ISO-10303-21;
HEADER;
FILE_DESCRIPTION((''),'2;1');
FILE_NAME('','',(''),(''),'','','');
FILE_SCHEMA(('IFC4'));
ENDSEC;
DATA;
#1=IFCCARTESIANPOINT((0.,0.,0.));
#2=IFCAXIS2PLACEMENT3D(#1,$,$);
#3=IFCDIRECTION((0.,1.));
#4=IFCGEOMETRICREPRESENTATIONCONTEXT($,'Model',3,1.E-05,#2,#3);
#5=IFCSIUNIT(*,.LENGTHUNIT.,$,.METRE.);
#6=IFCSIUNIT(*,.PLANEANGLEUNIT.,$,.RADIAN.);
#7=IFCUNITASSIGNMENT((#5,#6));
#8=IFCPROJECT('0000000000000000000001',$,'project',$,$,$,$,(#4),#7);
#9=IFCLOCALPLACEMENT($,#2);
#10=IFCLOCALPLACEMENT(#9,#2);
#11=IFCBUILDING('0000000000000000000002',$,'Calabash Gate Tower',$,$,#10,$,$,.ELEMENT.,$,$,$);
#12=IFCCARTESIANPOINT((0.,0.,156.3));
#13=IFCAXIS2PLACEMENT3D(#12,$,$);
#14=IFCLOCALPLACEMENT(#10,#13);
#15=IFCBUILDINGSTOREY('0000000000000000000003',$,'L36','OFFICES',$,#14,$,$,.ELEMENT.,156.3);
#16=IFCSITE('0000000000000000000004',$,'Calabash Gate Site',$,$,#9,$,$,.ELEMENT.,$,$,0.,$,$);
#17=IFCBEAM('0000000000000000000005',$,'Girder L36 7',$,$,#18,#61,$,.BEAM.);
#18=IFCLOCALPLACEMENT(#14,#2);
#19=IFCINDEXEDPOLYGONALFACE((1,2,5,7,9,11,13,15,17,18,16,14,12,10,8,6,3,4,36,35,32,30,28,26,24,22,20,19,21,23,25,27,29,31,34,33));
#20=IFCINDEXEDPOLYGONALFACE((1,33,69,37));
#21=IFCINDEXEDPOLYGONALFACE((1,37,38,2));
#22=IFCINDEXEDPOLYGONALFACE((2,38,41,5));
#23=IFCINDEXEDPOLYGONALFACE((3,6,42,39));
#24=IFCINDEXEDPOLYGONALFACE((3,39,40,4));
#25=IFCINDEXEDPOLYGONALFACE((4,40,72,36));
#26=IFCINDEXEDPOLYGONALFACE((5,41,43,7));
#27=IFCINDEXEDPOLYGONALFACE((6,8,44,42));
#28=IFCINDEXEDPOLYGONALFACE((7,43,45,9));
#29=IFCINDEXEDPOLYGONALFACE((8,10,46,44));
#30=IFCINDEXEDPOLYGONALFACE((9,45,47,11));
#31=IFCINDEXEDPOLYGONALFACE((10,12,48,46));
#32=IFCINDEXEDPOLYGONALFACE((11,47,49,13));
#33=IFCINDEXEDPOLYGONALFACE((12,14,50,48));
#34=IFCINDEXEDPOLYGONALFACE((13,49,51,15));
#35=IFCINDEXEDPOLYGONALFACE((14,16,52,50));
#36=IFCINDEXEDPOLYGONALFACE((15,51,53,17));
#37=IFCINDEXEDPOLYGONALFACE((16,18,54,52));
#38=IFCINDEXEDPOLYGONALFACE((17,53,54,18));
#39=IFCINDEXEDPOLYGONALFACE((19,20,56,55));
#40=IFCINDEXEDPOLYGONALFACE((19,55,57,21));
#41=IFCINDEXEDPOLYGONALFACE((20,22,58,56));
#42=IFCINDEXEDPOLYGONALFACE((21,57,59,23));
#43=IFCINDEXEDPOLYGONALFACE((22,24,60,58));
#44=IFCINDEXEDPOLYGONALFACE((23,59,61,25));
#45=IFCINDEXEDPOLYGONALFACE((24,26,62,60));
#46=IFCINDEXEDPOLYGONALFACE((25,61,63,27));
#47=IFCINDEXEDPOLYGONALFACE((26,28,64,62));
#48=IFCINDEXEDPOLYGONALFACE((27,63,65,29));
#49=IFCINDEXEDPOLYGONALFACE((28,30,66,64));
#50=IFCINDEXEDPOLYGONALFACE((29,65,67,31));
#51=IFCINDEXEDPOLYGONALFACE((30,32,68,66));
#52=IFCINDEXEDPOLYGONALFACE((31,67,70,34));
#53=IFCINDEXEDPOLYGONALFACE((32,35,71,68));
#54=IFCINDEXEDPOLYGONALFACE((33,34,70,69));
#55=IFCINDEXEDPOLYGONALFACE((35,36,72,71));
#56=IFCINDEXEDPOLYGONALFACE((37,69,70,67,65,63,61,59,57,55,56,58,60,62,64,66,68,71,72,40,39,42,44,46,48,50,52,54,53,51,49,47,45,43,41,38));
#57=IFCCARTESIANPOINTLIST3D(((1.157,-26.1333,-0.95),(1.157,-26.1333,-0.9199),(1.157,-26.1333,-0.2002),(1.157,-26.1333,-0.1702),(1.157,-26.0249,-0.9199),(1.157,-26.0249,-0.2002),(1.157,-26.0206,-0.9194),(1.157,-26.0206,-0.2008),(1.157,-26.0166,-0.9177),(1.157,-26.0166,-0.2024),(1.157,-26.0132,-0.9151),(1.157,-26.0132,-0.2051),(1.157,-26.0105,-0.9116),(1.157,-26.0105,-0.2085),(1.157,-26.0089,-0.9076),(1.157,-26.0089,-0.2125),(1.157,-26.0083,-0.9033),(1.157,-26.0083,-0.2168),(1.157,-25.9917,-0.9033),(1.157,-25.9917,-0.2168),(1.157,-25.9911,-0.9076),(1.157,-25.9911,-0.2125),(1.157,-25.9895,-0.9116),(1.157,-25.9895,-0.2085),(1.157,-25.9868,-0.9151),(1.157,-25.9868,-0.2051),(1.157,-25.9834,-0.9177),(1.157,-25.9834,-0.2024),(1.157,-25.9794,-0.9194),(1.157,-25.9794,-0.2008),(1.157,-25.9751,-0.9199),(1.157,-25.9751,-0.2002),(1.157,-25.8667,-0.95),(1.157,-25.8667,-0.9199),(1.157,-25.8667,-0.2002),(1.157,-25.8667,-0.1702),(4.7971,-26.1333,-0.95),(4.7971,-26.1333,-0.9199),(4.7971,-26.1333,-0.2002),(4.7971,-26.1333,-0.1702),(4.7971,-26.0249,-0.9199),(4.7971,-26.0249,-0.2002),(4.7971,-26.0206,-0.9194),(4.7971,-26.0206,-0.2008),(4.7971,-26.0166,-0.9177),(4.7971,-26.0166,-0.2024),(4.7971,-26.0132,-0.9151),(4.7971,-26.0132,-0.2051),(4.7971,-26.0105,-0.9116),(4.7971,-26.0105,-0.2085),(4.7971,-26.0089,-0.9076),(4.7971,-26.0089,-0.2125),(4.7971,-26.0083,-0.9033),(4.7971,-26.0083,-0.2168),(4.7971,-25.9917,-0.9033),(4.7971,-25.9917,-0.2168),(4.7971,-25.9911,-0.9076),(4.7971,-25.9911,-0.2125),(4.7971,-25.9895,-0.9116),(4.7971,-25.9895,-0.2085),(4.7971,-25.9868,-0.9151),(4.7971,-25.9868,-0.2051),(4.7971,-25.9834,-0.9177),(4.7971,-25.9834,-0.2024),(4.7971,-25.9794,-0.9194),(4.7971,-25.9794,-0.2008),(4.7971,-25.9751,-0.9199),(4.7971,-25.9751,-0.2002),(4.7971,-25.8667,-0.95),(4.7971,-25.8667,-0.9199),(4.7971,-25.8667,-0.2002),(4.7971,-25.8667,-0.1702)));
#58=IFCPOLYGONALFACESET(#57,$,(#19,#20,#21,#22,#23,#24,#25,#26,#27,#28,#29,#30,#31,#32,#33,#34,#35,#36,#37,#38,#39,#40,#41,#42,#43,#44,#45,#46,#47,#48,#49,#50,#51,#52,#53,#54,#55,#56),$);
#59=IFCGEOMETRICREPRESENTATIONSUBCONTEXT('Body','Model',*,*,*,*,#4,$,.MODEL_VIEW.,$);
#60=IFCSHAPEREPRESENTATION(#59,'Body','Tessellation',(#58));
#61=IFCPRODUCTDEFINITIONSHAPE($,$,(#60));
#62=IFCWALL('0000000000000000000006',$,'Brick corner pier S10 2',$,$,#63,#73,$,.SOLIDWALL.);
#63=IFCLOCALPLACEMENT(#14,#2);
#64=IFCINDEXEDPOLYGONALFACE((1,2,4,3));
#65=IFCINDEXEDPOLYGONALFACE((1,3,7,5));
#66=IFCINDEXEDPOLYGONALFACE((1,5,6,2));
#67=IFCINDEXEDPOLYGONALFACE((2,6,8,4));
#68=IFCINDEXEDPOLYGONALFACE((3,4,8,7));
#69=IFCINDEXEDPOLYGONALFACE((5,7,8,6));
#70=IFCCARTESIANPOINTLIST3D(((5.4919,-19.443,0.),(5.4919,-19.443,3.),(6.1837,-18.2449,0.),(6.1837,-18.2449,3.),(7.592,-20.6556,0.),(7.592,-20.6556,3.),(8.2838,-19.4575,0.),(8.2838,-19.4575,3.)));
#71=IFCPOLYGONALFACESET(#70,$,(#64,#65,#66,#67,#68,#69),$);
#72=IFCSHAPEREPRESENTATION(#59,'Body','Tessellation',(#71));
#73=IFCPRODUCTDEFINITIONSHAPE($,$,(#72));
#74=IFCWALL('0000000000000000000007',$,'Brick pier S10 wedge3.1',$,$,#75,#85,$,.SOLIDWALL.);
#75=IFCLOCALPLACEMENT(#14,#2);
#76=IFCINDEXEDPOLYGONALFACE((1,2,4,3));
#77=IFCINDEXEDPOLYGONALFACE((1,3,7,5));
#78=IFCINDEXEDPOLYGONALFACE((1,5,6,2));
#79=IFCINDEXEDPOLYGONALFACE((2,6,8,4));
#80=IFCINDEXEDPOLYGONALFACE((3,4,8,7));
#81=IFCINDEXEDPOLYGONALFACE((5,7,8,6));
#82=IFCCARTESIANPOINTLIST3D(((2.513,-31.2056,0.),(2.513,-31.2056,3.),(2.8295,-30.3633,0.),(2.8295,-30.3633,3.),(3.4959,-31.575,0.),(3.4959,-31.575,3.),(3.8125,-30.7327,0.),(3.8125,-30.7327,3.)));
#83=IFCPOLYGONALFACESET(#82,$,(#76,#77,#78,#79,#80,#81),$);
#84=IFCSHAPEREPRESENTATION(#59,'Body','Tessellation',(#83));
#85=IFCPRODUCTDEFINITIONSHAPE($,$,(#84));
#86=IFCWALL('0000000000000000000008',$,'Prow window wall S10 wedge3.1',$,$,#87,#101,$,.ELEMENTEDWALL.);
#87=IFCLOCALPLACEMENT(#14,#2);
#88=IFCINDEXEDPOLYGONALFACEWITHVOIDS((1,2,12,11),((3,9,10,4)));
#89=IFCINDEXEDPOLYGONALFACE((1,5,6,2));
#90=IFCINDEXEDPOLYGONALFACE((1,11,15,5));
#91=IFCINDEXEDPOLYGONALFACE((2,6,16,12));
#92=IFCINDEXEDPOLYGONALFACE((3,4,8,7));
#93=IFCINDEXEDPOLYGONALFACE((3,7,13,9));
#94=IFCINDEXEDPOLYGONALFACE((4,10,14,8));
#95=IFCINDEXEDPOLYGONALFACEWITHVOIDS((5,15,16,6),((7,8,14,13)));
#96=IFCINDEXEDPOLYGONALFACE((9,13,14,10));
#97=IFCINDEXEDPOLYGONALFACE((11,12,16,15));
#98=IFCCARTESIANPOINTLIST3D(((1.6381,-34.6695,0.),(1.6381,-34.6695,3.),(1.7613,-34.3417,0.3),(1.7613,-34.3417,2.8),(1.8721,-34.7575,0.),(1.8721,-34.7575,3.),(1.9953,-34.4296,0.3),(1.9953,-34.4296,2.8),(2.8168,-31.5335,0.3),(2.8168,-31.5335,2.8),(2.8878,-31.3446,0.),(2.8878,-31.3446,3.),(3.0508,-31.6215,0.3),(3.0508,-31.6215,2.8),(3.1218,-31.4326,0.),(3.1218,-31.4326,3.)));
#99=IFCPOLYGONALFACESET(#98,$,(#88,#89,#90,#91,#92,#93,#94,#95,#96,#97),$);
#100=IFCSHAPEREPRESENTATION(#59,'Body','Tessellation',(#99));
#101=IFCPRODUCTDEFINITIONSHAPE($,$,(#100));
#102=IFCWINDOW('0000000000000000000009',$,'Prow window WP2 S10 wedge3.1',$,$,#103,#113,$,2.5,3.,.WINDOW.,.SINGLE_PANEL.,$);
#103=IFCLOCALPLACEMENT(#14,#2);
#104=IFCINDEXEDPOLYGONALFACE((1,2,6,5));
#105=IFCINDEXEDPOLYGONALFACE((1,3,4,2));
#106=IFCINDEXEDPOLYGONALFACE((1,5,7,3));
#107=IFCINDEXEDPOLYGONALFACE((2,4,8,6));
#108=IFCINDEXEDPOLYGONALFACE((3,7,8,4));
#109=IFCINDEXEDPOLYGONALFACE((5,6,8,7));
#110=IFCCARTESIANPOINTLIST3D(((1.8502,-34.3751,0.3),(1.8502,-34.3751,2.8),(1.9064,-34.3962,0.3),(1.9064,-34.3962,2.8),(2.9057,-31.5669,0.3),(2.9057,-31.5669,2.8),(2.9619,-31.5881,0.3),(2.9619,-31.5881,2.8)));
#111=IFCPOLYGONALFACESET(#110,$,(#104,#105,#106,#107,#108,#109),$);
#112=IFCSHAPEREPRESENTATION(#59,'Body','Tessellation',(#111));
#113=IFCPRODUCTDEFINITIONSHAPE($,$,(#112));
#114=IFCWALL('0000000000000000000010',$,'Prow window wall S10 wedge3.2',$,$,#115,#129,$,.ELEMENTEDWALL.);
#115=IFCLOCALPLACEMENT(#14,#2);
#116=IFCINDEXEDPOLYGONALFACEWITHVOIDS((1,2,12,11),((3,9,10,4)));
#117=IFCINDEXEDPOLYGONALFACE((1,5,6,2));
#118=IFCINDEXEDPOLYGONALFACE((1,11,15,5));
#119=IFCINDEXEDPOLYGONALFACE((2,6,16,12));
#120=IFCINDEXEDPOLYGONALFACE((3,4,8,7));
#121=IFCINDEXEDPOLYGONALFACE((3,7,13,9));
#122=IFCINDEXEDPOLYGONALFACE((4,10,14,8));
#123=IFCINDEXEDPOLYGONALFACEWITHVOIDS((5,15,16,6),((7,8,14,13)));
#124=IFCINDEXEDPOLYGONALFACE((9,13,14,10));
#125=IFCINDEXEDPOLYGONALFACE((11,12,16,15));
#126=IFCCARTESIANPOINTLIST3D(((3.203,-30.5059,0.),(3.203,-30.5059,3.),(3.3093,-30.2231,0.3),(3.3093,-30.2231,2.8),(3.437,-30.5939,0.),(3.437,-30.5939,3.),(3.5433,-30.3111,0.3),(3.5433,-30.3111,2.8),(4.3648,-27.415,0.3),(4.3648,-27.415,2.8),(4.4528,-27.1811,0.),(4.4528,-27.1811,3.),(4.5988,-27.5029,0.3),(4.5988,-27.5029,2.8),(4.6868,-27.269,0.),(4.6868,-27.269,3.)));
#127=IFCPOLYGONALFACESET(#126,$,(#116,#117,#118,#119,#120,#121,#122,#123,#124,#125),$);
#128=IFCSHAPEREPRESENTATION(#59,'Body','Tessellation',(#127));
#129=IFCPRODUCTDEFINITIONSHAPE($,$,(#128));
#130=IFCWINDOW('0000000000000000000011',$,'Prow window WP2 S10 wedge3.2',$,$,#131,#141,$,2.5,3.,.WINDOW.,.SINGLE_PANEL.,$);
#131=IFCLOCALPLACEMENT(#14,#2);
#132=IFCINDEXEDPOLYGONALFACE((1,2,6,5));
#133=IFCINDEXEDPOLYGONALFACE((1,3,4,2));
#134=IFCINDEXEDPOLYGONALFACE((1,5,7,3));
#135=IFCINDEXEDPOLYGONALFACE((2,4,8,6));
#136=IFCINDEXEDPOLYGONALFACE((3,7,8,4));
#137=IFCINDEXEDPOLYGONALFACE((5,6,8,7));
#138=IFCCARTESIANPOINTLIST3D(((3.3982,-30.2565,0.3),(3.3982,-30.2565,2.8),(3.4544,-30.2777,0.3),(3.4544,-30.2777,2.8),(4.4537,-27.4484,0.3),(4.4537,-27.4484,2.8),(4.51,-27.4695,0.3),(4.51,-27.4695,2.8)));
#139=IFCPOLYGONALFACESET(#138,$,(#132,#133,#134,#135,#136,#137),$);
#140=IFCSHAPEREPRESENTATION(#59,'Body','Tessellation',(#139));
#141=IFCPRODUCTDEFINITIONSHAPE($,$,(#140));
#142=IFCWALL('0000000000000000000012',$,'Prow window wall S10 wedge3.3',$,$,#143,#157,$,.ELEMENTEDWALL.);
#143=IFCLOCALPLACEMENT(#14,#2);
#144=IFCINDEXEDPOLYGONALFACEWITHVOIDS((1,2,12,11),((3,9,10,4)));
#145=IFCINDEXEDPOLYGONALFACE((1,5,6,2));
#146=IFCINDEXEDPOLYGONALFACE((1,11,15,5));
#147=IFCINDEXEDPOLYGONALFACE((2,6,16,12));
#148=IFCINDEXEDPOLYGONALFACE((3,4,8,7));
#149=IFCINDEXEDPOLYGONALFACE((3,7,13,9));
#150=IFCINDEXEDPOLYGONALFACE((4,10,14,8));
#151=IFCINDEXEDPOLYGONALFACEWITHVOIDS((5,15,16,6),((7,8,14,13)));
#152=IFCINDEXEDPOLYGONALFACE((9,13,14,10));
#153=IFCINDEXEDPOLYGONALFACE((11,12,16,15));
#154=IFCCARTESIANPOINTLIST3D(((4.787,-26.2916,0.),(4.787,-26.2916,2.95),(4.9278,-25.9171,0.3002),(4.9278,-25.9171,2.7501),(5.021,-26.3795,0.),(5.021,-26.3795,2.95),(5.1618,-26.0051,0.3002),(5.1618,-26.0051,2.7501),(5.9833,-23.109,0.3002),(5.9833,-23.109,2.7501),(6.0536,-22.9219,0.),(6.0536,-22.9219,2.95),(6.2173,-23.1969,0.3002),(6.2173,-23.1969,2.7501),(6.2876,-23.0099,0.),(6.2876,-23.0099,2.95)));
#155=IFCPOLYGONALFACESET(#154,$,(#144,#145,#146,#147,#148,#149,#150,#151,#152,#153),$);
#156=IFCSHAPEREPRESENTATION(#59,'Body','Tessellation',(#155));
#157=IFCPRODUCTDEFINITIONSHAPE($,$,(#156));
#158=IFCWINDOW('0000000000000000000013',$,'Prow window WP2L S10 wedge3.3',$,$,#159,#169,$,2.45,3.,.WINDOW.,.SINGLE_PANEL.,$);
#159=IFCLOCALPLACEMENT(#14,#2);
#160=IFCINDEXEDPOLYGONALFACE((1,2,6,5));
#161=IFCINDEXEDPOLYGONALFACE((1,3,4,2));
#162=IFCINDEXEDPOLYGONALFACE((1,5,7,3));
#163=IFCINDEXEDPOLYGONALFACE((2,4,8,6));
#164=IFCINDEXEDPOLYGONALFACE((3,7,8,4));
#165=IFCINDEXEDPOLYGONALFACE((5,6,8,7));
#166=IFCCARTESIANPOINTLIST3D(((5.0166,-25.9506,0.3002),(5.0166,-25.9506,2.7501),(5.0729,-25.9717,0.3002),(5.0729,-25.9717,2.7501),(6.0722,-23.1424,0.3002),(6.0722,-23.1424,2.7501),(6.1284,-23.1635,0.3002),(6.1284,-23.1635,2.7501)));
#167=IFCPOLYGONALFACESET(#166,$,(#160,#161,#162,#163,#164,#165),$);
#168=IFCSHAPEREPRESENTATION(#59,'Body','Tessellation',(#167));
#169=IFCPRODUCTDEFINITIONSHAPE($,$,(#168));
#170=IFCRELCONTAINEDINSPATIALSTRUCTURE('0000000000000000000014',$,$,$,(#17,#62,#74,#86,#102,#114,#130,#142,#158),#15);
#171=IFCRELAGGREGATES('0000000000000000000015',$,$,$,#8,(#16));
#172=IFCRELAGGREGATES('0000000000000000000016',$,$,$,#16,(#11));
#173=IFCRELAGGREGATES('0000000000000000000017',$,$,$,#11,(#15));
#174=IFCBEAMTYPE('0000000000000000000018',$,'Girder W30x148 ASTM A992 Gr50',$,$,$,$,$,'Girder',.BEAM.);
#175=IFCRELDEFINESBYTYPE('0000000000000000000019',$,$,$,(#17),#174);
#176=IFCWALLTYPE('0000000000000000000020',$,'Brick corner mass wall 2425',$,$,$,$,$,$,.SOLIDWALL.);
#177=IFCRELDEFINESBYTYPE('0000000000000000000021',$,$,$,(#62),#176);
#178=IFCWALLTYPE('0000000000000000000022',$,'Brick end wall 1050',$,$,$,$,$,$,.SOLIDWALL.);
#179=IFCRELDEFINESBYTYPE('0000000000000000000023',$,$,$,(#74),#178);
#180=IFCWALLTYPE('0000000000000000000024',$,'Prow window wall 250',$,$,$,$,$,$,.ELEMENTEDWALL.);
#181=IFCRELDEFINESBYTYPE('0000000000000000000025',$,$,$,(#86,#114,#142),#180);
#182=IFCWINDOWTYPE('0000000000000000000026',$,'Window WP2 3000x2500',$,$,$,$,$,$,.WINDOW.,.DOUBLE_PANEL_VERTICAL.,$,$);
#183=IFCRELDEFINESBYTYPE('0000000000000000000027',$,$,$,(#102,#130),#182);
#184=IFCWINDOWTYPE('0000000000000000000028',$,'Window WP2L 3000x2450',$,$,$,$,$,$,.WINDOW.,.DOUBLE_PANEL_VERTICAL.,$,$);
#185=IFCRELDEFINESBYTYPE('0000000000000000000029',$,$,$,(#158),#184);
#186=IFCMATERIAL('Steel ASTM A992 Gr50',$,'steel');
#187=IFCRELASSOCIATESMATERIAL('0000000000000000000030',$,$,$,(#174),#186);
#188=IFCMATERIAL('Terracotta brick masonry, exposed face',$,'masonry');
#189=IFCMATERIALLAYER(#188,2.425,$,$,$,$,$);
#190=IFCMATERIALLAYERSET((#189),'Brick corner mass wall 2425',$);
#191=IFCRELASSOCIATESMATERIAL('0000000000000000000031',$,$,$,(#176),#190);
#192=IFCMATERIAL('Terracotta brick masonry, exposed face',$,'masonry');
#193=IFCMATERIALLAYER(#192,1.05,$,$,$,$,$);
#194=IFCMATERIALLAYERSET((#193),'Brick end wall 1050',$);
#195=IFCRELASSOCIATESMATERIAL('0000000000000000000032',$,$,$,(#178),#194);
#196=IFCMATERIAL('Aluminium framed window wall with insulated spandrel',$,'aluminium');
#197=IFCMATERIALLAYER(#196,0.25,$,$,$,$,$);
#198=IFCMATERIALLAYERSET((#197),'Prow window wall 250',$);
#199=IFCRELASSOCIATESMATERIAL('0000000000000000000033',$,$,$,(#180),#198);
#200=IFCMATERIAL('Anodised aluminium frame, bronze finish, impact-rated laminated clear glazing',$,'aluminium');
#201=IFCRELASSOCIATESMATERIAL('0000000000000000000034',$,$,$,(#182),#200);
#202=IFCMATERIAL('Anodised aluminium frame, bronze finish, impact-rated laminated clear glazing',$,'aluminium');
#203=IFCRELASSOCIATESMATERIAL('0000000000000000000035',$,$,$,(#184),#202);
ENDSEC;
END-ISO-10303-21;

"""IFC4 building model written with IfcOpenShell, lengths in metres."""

from ifc_helpers import new_model, si_unit, direction, frame, frame_2d, origin, origin_2d, place, context, subcontext, project, spatial, rectangle, i_section, extrude, material, layer, layer_set, material_profile, profile_set, type_object, element, fill, save


model = new_model("IFC4")

# Units and contexts
model_context = context("Model", 3, precision=1e-05, world=origin(), true_north=direction((0.0, 1.0)))
body_context = subcontext(model_context, "Body", "Model", "MODEL_VIEW")
ifc_project = project(units=[si_unit("LENGTHUNIT", "METRE"), si_unit("PLANEANGLEUNIT", "RADIAN")], contexts=[model_context])

# Site, building, storey
site_placement = place(None, origin())
site = spatial("IfcSite", under=ifc_project, at=site_placement, Name="Calabash Gate Site", CompositionType="ELEMENT", RefElevation=0.0)
building_placement = place(site_placement, origin())
building = spatial("IfcBuilding", under=site, at=building_placement, Name="Calabash Gate Tower", CompositionType="ELEMENT")
storey_placement = place(building_placement, frame((0.0, 0.0, 156.3)))
storey = spatial("IfcBuildingStorey", under=building, at=storey_placement, Name="L36", Description="OFFICES", CompositionType="ELEMENT", Elevation=156.3)

# Beam
ifc_material_1 = material(Name="Steel ASTM A992 Gr50", Category="steel")
ifc_material_profile_1 = material_profile(ifc_material_1, i_section(OverallWidth=0.2666, OverallDepth=0.7798, WebThickness=0.0166, FlangeThickness=0.03, FilletRadius=0.0166, at=origin_2d()))
ifc_profile_set_1 = profile_set([ifc_material_profile_1], Name="Steel ASTM A992 Gr50")
beam_type_1 = type_object("IfcBeamType", Name="Girder W30x148 ASTM A992 Gr50", ElementType="Girder", PredefinedType="BEAM", material=ifc_profile_set_1)
beam_1_placement = place(storey_placement, frame((1.157, -26.0, -0.5601), z_axis=(1.0, 0.0, 0.0), x_axis=(0.0, 1.0, 0.0)))
element("IfcBeam", 1, at=beam_1_placement, inside=storey, type_object=beam_type_1, Name="Girder L36 7", PredefinedType="BEAM", context=body_context, shape_type="SweptSolid", body=[
    extrude(i_section(OverallWidth=0.2666, OverallDepth=0.7798, WebThickness=0.0166, FlangeThickness=0.03, FilletRadius=0.0166, at=origin_2d()), origin(), (0.0, 0.0, 1.0), 3.6401),
])

# Walls
ifc_material_2 = material(Name="Terracotta brick masonry, exposed face", Category="masonry")
ifc_layer_1 = layer(ifc_material_2, 2.425)
ifc_layer_set_1 = layer_set([ifc_layer_1], Name="Brick corner mass wall 2425")
wall_type_1 = type_object("IfcWallType", Name="Brick corner mass wall 2425", PredefinedType="SOLIDWALL", material=ifc_layer_set_1)
wall_1_placement = place(storey_placement, frame((5.8379, -18.844, 0.0), z_axis=(0.0, 0.0, 1.0), x_axis=(0.865998, -0.500048, 0.0)))
element("IfcWall", 2, at=wall_1_placement, inside=storey, type_object=wall_type_1, Name="Brick corner pier S10 2", PredefinedType="SOLIDWALL", context=body_context, shape_type="SweptSolid", body=[
    extrude(rectangle(XDim=2.425, YDim=1.3835, at=frame_2d((1.2124, 0.0))), origin(), (0.0, 0.0, 1.0), 3.0),
])
ifc_material_3 = material(Name="Terracotta brick masonry, exposed face", Category="masonry")
ifc_layer_2 = layer(ifc_material_3, 1.05)
ifc_layer_set_2 = layer_set([ifc_layer_2], Name="Brick end wall 1050")
wall_type_2 = type_object("IfcWallType", Name="Brick end wall 1050", PredefinedType="SOLIDWALL", material=ifc_layer_set_2)
wall_2_placement = place(storey_placement, frame((3.6541, -31.1538, 0.0), z_axis=(0.0, 0.0, 1.0), x_axis=(-0.936081, 0.351786, 0.0)))
element("IfcWall", 3, at=wall_2_placement, inside=storey, type_object=wall_type_2, Name="Brick pier S10 wedge3.1", PredefinedType="SOLIDWALL", context=body_context, shape_type="SweptSolid", body=[
    extrude(rectangle(XDim=1.05, YDim=0.8999, at=frame_2d((0.5249, 0.0))), origin(), (0.0, 0.0, 1.0), 3.0),
])

# Walls, openings, windows
ifc_material_4 = material(Name="Aluminium framed window wall with insulated spandrel", Category="aluminium")
ifc_layer_3 = layer(ifc_material_4, 0.25)
ifc_layer_set_3 = layer_set([ifc_layer_3], Name="Prow window wall 250")
wall_type_3 = type_object("IfcWallType", Name="Prow window wall 250", PredefinedType="ELEMENTEDWALL", material=ifc_layer_set_3)
wall_3_placement = place(storey_placement, frame((1.7551, -34.7134, 0.0), z_axis=(0.0, 0.0, 1.0), x_axis=(0.351839, 0.936061, 0.0)))
wall_3 = element("IfcWall", 4, at=wall_3_placement, inside=storey, type_object=wall_type_3, Name="Prow window wall S10 wedge3.1", PredefinedType="ELEMENTEDWALL", context=body_context, shape_type="SweptSolid", body=[
    extrude(rectangle(XDim=3.552, YDim=0.25, at=frame_2d((1.7759, 0.0))), origin(), (0.0, 0.0, 1.0), 3.0),
])
opening_1_placement = place(wall_3_placement, frame((0.3501, 0.0, 0.3)))
opening_1 = element("IfcOpeningElement", 5, at=opening_1_placement, cuts=wall_3, PredefinedType="OPENING", context=body_context, shape_type="SweptSolid", body=[
    extrude(rectangle(XDim=3.0, YDim=2.5, at=frame_2d((1.5, 1.25))), frame((0.0, 0.135, 0.0), z_axis=(0.0, -1.0, 0.0), x_axis=(1.0, 0.0, 0.0)), (0.0, 0.0, 1.0), 0.27),
])
ifc_material_5 = material(Name="Anodised aluminium frame, bronze finish, impact-rated laminated clear glazing", Category="aluminium")
window_type_1 = type_object("IfcWindowType", Name="Window WP2 3000x2500", PartitioningType="DOUBLE_PANEL_VERTICAL", PredefinedType="WINDOW", material=ifc_material_5)
window_1_placement = place(opening_1_placement, origin())
window_1 = element("IfcWindow", 6, at=window_1_placement, inside=storey, type_object=window_type_1, Name="Prow window WP2 S10 wedge3.1", OverallHeight=2.5, OverallWidth=3.0, PartitioningType="SINGLE_PANEL", PredefinedType="WINDOW", context=body_context, shape_type="SweptSolid", body=[
    extrude(rectangle(XDim=3.0, YDim=2.5, at=frame_2d((1.5, 1.25))), frame((0.0, 0.03, 0.0), z_axis=(0.0, -1.0, 0.0), x_axis=(1.0, 0.0, 0.0)), (0.0, 0.0, 1.0), 0.0601),
])
fill(opening_1, window_1)
wall_4_placement = place(storey_placement, frame((3.3201, -30.5498, 0.0), z_axis=(0.0, 0.0, 1.0), x_axis=(0.351839, 0.936061, 0.0)))
wall_4 = element("IfcWall", 7, at=wall_4_placement, inside=storey, type_object=wall_type_3, Name="Prow window wall S10 wedge3.2", PredefinedType="ELEMENTEDWALL", context=body_context, shape_type="SweptSolid", body=[
    extrude(rectangle(XDim=3.552, YDim=0.25, at=frame_2d((1.7759, 0.0))), origin(), (0.0, 0.0, 1.0), 3.0),
])
opening_2_placement = place(wall_4_placement, frame((0.302, 0.0, 0.3)))
opening_2 = element("IfcOpeningElement", 8, at=opening_2_placement, cuts=wall_4, PredefinedType="OPENING", context=body_context, shape_type="SweptSolid", body=[
    extrude(rectangle(XDim=3.0, YDim=2.5, at=frame_2d((1.5, 1.25))), frame((0.0, 0.135, 0.0), z_axis=(0.0, -1.0, 0.0), x_axis=(1.0, 0.0, 0.0)), (0.0, 0.0, 1.0), 0.27),
])
window_2_placement = place(opening_2_placement, origin())
window_2 = element("IfcWindow", 9, at=window_2_placement, inside=storey, type_object=window_type_1, Name="Prow window WP2 S10 wedge3.2", OverallHeight=2.5, OverallWidth=3.0, PartitioningType="SINGLE_PANEL", PredefinedType="WINDOW", context=body_context, shape_type="SweptSolid", body=[
    extrude(rectangle(XDim=3.0, YDim=2.5, at=frame_2d((1.5, 1.25))), frame((0.0, 0.03, 0.0), z_axis=(0.0, -1.0, 0.0), x_axis=(1.0, 0.0, 0.0)), (0.0, 0.0, 1.0), 0.0601),
])
fill(opening_2, window_2)
wall_5_placement = place(storey_placement, frame((4.9041, -26.3354, 0.0), z_axis=(0.0, 0.0, 1.0), x_axis=(0.351852, 0.936056, 0.0)))
wall_5 = element("IfcWall", 10, at=wall_5_placement, inside=storey, type_object=wall_type_3, Name="Prow window wall S10 wedge3.3", PredefinedType="ELEMENTEDWALL", context=body_context, shape_type="SweptSolid", body=[
    extrude(rectangle(XDim=3.5999, YDim=0.25, at=frame_2d((1.7998, 0.0))), origin(), (0.0, 0.0, 1.0), 2.95),
])
opening_3_placement = place(wall_5_placement, frame((0.3999, 0.0, 0.3)))
opening_3 = element("IfcOpeningElement", 11, at=opening_3_placement, cuts=wall_5, PredefinedType="OPENING", context=body_context, shape_type="SweptSolid", body=[
    extrude(rectangle(XDim=3.0, YDim=2.45, at=frame_2d((1.5, 1.2251))), frame((0.0, 0.135, 0.0), z_axis=(0.0, -1.0, 0.0), x_axis=(1.0, 0.0, 0.0)), (0.0, 0.0, 1.0), 0.27),
])
ifc_material_6 = material(Name="Anodised aluminium frame, bronze finish, impact-rated laminated clear glazing", Category="aluminium")
window_type_2 = type_object("IfcWindowType", Name="Window WP2L 3000x2450", PartitioningType="DOUBLE_PANEL_VERTICAL", PredefinedType="WINDOW", material=ifc_material_6)
window_3_placement = place(opening_3_placement, origin())
window_3 = element("IfcWindow", 12, at=window_3_placement, inside=storey, type_object=window_type_2, Name="Prow window WP2L S10 wedge3.3", OverallHeight=2.45, OverallWidth=3.0, PartitioningType="SINGLE_PANEL", PredefinedType="WINDOW", context=body_context, shape_type="SweptSolid", body=[
    extrude(rectangle(XDim=3.0, YDim=2.45, at=frame_2d((1.5, 1.2251))), frame((0.0, 0.03, 0.0), z_axis=(0.0, -1.0, 0.0), x_axis=(1.0, 0.0, 0.0)), (0.0, 0.0, 1.0), 0.0601),
])
fill(opening_3, window_3)

save(model, "model.ifc")
